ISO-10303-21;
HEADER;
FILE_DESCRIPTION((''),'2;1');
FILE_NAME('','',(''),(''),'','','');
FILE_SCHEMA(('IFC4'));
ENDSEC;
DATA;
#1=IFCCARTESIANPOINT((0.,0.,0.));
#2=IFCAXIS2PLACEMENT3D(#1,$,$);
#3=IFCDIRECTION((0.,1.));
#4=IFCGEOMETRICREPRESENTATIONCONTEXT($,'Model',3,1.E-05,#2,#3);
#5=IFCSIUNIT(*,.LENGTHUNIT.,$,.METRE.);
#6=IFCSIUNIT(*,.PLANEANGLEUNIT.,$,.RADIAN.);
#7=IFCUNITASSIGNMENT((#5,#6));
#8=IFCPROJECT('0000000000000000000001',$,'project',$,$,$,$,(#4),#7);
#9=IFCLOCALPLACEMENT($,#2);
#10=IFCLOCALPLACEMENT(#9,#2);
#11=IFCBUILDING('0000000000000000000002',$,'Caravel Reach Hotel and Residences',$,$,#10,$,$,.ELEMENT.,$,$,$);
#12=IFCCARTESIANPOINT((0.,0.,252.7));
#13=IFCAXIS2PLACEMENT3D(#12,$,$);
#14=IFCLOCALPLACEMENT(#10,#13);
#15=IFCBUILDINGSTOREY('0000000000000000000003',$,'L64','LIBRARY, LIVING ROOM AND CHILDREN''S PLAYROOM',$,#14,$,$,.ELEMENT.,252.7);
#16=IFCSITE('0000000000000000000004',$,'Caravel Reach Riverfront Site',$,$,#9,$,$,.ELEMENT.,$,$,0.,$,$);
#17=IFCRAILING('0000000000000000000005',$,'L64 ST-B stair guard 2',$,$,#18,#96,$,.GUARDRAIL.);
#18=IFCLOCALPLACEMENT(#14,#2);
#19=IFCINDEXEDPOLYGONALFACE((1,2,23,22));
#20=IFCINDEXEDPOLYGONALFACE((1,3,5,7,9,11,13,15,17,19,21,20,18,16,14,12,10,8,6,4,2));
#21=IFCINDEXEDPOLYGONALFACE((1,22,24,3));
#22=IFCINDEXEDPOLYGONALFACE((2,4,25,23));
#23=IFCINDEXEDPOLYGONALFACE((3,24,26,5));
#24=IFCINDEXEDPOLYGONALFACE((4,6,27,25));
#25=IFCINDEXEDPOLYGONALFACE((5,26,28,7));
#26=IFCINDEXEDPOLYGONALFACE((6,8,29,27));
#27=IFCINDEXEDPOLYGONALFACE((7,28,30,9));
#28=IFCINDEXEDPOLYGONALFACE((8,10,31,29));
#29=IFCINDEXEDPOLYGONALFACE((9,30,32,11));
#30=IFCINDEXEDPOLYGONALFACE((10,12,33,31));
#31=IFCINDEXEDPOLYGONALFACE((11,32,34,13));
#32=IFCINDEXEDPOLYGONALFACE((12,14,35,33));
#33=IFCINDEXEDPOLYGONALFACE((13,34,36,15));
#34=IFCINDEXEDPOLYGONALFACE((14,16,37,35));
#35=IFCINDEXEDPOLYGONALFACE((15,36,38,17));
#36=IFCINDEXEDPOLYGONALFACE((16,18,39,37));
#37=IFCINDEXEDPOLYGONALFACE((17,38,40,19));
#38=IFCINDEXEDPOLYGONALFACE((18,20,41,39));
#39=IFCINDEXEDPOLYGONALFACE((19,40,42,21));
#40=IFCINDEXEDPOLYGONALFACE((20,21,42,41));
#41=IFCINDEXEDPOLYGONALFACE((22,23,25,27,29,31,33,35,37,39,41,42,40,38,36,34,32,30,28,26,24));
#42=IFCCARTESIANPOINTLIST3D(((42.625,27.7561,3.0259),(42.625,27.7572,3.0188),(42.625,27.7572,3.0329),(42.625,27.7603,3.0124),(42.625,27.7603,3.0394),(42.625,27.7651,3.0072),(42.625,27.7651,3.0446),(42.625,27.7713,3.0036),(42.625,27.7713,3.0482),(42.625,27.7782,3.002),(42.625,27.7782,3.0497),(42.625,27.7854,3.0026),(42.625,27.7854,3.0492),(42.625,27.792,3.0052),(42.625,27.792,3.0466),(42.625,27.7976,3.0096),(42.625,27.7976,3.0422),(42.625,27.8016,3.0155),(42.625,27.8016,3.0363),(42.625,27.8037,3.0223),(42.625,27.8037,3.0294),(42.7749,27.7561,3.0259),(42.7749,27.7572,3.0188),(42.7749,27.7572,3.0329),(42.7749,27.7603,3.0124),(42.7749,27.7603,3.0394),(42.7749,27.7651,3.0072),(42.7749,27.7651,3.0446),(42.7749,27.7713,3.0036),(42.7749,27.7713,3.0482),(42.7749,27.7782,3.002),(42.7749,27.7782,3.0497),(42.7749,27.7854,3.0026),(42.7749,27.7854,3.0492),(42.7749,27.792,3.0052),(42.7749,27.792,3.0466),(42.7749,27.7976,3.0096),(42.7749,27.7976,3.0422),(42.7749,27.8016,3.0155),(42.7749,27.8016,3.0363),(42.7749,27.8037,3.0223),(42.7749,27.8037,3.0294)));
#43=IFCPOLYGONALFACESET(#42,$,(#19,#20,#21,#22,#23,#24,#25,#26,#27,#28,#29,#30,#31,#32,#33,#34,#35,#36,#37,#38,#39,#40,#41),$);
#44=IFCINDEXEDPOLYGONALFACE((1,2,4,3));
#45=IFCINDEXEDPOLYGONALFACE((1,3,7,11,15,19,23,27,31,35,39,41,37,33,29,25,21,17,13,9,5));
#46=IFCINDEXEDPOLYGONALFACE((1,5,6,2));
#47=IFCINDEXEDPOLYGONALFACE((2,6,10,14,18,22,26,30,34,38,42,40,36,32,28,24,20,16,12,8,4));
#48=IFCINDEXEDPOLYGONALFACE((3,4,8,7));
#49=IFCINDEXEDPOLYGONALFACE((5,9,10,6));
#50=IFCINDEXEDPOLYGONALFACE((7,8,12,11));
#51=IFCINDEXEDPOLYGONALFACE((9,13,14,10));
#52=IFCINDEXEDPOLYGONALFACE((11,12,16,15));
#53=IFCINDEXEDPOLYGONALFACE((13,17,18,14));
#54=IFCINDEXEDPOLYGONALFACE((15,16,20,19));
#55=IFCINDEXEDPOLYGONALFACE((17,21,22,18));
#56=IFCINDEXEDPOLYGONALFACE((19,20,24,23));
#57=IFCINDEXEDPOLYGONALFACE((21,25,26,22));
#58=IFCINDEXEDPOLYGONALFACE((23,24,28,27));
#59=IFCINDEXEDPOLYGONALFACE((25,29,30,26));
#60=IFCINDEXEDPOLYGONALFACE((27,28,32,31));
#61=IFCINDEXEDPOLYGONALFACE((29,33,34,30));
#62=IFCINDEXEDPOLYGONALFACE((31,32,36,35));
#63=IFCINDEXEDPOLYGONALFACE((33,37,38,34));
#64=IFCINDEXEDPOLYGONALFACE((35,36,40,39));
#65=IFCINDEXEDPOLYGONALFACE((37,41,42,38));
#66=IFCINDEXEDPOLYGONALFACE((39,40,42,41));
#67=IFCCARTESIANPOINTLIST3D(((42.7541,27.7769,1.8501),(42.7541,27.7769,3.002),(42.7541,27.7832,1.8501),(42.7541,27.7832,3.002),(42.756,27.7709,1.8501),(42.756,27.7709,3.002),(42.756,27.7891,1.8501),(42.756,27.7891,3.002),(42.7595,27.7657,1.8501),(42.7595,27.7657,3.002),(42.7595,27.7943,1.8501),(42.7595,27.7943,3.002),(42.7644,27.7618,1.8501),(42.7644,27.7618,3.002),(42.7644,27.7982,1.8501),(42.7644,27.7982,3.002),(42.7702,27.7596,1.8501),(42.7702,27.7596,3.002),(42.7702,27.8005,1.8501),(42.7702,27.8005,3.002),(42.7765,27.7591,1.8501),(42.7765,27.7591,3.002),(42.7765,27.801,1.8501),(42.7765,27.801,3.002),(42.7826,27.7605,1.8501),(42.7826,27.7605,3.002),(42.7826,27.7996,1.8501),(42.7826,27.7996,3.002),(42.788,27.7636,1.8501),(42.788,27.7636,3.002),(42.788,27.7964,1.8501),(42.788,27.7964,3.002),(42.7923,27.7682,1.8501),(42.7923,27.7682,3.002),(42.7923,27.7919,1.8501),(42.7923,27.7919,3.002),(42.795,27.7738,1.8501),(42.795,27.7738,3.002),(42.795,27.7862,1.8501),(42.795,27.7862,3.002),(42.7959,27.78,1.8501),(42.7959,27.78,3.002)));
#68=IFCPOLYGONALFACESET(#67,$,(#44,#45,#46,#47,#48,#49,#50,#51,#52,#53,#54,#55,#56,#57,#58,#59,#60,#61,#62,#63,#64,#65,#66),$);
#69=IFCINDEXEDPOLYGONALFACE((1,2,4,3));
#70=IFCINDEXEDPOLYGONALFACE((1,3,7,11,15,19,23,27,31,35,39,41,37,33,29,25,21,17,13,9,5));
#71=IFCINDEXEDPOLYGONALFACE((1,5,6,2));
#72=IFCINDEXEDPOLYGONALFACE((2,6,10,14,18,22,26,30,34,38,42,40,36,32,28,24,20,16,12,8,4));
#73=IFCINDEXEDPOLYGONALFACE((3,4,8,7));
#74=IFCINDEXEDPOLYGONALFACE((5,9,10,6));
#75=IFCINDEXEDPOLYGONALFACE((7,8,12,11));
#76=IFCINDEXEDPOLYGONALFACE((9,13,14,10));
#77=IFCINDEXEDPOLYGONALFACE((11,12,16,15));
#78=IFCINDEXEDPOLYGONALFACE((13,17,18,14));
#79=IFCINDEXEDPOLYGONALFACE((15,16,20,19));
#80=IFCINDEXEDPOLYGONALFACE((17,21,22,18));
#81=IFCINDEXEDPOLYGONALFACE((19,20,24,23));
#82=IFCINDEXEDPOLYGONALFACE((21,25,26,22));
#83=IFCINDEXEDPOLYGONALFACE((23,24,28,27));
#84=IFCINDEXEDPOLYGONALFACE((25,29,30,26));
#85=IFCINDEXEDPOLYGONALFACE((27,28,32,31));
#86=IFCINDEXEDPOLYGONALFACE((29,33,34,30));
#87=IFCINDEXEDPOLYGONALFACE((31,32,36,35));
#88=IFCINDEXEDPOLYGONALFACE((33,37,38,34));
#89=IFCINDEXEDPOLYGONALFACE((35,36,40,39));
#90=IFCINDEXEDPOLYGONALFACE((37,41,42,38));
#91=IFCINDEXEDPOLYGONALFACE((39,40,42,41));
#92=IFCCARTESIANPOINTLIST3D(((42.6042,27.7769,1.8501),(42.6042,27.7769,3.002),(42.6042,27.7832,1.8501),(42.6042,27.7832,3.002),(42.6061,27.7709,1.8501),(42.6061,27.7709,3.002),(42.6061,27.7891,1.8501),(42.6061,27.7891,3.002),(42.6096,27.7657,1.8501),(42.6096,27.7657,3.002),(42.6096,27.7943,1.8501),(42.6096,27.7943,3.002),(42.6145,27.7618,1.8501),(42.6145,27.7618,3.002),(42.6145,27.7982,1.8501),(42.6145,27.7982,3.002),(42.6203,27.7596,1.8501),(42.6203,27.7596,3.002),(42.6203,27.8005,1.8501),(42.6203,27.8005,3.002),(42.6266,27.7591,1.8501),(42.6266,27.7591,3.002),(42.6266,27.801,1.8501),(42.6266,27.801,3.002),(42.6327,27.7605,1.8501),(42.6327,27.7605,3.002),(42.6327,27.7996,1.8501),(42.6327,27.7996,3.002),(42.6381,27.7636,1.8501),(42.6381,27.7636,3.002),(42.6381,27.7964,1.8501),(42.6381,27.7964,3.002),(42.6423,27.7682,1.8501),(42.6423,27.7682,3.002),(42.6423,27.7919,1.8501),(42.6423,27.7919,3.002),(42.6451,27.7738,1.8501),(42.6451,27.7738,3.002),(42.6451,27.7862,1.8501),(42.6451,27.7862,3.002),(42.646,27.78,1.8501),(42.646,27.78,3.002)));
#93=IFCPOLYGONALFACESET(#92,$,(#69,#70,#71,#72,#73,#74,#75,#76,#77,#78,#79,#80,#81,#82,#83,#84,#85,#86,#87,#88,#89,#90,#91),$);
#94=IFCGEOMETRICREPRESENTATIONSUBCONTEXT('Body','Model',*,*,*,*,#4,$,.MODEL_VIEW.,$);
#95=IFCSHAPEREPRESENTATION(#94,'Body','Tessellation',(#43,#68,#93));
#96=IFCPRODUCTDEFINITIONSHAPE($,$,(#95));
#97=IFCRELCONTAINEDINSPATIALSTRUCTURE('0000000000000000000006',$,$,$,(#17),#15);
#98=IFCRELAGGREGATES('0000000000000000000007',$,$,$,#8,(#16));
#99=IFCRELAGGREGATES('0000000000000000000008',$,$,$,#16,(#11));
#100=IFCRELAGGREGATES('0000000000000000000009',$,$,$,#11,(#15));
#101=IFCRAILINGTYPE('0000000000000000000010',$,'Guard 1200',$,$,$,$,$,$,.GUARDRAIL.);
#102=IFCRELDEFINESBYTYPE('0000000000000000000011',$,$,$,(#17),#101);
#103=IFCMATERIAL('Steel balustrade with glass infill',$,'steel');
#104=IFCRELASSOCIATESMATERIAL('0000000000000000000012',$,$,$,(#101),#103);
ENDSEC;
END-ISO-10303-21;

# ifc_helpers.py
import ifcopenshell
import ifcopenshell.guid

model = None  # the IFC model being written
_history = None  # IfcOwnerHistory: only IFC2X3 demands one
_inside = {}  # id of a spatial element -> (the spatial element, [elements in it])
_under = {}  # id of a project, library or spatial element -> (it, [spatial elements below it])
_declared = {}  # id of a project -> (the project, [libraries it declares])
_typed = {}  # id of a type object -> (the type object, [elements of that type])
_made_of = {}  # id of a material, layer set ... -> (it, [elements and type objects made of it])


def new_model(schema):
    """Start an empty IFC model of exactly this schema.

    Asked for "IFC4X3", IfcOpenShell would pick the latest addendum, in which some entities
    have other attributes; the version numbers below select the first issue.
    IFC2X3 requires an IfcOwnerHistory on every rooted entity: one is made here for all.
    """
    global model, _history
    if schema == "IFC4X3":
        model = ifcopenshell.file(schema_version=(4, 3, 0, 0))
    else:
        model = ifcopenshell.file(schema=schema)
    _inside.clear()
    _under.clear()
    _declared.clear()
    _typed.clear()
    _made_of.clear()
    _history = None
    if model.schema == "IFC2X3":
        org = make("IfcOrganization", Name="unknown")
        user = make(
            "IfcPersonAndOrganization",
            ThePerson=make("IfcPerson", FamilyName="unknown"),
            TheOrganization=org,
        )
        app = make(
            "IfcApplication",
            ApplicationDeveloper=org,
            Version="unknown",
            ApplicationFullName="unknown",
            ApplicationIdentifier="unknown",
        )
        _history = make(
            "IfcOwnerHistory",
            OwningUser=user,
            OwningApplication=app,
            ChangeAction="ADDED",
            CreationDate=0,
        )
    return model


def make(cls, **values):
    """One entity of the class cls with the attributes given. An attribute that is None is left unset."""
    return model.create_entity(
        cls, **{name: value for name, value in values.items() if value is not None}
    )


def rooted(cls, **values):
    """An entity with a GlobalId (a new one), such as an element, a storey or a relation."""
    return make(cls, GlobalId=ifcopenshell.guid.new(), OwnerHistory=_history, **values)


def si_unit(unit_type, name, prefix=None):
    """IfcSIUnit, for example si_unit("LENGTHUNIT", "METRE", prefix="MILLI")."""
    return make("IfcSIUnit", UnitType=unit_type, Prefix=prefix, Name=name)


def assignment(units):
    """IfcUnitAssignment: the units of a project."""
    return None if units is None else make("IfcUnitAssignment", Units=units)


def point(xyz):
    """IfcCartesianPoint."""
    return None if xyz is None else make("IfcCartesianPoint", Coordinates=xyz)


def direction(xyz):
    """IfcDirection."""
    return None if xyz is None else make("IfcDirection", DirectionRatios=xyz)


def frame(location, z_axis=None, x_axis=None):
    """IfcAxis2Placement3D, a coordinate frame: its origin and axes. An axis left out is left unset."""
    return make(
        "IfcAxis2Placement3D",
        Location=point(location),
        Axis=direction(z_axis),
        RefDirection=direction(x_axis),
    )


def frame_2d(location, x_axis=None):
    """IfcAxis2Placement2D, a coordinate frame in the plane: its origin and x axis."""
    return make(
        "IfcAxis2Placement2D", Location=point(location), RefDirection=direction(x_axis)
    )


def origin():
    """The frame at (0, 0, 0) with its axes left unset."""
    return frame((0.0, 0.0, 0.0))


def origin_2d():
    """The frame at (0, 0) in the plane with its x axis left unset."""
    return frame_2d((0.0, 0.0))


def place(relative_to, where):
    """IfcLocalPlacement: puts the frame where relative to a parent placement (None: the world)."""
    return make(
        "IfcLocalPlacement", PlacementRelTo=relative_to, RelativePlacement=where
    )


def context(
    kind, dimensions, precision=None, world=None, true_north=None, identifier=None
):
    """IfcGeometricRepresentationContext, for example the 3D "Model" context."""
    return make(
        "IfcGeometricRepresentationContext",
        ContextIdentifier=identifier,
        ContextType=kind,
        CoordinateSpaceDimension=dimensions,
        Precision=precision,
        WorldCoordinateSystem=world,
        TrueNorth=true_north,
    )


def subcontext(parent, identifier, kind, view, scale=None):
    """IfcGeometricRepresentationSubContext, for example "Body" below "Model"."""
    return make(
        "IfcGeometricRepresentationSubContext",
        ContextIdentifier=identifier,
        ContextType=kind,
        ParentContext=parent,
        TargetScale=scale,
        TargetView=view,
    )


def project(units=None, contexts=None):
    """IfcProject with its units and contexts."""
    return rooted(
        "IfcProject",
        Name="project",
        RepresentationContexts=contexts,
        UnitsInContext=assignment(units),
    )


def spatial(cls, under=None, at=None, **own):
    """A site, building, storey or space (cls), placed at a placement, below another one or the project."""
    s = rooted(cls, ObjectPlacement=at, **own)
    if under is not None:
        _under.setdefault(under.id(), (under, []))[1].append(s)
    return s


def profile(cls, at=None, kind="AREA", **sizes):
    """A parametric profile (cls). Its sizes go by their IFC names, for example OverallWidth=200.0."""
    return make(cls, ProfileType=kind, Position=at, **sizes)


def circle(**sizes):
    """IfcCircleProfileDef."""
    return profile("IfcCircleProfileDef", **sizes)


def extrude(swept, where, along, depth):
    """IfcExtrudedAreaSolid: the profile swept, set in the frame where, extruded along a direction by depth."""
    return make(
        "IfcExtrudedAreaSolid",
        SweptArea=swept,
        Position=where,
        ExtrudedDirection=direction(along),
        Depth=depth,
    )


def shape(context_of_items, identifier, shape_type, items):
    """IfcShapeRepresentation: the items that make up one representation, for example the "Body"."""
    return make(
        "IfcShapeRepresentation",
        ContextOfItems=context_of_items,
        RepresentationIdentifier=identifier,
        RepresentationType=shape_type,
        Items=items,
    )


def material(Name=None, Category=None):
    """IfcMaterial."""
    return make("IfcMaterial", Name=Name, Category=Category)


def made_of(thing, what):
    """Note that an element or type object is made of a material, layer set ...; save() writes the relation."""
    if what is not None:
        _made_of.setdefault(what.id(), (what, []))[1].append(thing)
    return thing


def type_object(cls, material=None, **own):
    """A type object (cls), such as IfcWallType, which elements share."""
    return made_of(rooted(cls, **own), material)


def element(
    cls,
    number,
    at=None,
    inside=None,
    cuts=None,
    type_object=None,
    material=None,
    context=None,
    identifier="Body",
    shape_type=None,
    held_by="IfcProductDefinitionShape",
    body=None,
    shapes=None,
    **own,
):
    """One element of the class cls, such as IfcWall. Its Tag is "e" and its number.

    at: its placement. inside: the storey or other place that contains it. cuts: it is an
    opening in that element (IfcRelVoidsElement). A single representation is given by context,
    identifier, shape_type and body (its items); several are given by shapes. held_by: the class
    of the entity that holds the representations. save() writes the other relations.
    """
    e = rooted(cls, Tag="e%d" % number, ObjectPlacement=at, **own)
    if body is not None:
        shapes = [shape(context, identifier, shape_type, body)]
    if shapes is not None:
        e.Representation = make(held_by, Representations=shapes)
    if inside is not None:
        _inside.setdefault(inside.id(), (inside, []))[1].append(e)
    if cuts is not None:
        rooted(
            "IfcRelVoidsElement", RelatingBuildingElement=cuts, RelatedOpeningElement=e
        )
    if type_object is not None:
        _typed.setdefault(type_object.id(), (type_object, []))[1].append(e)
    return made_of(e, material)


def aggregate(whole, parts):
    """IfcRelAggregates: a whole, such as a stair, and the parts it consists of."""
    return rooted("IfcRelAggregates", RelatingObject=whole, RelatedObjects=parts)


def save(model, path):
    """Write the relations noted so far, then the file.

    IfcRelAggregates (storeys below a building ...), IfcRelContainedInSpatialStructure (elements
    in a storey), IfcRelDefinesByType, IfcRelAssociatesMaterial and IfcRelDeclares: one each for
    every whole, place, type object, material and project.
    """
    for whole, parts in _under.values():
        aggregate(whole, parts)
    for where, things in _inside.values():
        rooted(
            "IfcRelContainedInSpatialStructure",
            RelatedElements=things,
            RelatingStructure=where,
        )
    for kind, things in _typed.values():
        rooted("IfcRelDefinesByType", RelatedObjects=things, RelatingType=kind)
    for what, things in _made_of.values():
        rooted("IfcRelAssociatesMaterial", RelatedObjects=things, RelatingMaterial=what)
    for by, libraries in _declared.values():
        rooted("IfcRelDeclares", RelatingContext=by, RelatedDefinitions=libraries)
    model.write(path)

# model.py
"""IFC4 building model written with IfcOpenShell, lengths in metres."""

from ifc_helpers import new_model, si_unit, direction, frame, origin, origin_2d, place, context, subcontext, project, spatial, circle, extrude, material, type_object, element, save


model = new_model("IFC4")

# Units and contexts
model_context = context("Model", 3, precision=1e-05, world=origin(), true_north=direction((0.0, 1.0)))
body_context = subcontext(model_context, "Body", "Model", "MODEL_VIEW")
ifc_project = project(units=[si_unit("LENGTHUNIT", "METRE"), si_unit("PLANEANGLEUNIT", "RADIAN")], contexts=[model_context])

# Site, building, storey
site_placement = place(None, origin())
site = spatial("IfcSite", under=ifc_project, at=site_placement, Name="Caravel Reach Riverfront Site", CompositionType="ELEMENT", RefElevation=0.0)
building_placement = place(site_placement, origin())
building = spatial("IfcBuilding", under=site, at=building_placement, Name="Caravel Reach Hotel and Residences", CompositionType="ELEMENT")
storey_placement = place(building_placement, frame((0.0, 0.0, 252.7)))
storey = spatial("IfcBuildingStorey", under=building, at=storey_placement, Name="L64", Description="LIBRARY, LIVING ROOM AND CHILDREN'S PLAYROOM", CompositionType="ELEMENT", Elevation=252.7)

# Railing
ifc_material_1 = material(Name="Steel balustrade with glass infill", Category="steel")
railing_type_1 = type_object("IfcRailingType", Name="Guard 1200", PredefinedType="GUARDRAIL", material=ifc_material_1)
railing_1_placement = place(storey_placement, frame((42.7749, 27.78, 1.8501)))
element("IfcRailing", 1, at=railing_1_placement, inside=storey, type_object=railing_type_1, Name="L64 ST-B stair guard 2", PredefinedType="GUARDRAIL", context=body_context, shape_type="SweptSolid", body=[
    extrude(circle(Radius=0.0239, at=origin_2d()), frame((0.0, 0.0, 1.1758), z_axis=(-1.0, 0.0, 0.0), x_axis=(0.0, -1.0, 0.0)), (0.0, 0.0, 1.0), 0.1499),
    extrude(circle(Radius=0.021, at=origin_2d()), origin(), (0.0, 0.0, 1.0), 1.1519),
    extrude(circle(Radius=0.021, at=origin_2d()), frame((-0.1499, 0.0, 0.0)), (0.0, 0.0, 1.0), 1.1519),
])

save(model, "model.ifc")
